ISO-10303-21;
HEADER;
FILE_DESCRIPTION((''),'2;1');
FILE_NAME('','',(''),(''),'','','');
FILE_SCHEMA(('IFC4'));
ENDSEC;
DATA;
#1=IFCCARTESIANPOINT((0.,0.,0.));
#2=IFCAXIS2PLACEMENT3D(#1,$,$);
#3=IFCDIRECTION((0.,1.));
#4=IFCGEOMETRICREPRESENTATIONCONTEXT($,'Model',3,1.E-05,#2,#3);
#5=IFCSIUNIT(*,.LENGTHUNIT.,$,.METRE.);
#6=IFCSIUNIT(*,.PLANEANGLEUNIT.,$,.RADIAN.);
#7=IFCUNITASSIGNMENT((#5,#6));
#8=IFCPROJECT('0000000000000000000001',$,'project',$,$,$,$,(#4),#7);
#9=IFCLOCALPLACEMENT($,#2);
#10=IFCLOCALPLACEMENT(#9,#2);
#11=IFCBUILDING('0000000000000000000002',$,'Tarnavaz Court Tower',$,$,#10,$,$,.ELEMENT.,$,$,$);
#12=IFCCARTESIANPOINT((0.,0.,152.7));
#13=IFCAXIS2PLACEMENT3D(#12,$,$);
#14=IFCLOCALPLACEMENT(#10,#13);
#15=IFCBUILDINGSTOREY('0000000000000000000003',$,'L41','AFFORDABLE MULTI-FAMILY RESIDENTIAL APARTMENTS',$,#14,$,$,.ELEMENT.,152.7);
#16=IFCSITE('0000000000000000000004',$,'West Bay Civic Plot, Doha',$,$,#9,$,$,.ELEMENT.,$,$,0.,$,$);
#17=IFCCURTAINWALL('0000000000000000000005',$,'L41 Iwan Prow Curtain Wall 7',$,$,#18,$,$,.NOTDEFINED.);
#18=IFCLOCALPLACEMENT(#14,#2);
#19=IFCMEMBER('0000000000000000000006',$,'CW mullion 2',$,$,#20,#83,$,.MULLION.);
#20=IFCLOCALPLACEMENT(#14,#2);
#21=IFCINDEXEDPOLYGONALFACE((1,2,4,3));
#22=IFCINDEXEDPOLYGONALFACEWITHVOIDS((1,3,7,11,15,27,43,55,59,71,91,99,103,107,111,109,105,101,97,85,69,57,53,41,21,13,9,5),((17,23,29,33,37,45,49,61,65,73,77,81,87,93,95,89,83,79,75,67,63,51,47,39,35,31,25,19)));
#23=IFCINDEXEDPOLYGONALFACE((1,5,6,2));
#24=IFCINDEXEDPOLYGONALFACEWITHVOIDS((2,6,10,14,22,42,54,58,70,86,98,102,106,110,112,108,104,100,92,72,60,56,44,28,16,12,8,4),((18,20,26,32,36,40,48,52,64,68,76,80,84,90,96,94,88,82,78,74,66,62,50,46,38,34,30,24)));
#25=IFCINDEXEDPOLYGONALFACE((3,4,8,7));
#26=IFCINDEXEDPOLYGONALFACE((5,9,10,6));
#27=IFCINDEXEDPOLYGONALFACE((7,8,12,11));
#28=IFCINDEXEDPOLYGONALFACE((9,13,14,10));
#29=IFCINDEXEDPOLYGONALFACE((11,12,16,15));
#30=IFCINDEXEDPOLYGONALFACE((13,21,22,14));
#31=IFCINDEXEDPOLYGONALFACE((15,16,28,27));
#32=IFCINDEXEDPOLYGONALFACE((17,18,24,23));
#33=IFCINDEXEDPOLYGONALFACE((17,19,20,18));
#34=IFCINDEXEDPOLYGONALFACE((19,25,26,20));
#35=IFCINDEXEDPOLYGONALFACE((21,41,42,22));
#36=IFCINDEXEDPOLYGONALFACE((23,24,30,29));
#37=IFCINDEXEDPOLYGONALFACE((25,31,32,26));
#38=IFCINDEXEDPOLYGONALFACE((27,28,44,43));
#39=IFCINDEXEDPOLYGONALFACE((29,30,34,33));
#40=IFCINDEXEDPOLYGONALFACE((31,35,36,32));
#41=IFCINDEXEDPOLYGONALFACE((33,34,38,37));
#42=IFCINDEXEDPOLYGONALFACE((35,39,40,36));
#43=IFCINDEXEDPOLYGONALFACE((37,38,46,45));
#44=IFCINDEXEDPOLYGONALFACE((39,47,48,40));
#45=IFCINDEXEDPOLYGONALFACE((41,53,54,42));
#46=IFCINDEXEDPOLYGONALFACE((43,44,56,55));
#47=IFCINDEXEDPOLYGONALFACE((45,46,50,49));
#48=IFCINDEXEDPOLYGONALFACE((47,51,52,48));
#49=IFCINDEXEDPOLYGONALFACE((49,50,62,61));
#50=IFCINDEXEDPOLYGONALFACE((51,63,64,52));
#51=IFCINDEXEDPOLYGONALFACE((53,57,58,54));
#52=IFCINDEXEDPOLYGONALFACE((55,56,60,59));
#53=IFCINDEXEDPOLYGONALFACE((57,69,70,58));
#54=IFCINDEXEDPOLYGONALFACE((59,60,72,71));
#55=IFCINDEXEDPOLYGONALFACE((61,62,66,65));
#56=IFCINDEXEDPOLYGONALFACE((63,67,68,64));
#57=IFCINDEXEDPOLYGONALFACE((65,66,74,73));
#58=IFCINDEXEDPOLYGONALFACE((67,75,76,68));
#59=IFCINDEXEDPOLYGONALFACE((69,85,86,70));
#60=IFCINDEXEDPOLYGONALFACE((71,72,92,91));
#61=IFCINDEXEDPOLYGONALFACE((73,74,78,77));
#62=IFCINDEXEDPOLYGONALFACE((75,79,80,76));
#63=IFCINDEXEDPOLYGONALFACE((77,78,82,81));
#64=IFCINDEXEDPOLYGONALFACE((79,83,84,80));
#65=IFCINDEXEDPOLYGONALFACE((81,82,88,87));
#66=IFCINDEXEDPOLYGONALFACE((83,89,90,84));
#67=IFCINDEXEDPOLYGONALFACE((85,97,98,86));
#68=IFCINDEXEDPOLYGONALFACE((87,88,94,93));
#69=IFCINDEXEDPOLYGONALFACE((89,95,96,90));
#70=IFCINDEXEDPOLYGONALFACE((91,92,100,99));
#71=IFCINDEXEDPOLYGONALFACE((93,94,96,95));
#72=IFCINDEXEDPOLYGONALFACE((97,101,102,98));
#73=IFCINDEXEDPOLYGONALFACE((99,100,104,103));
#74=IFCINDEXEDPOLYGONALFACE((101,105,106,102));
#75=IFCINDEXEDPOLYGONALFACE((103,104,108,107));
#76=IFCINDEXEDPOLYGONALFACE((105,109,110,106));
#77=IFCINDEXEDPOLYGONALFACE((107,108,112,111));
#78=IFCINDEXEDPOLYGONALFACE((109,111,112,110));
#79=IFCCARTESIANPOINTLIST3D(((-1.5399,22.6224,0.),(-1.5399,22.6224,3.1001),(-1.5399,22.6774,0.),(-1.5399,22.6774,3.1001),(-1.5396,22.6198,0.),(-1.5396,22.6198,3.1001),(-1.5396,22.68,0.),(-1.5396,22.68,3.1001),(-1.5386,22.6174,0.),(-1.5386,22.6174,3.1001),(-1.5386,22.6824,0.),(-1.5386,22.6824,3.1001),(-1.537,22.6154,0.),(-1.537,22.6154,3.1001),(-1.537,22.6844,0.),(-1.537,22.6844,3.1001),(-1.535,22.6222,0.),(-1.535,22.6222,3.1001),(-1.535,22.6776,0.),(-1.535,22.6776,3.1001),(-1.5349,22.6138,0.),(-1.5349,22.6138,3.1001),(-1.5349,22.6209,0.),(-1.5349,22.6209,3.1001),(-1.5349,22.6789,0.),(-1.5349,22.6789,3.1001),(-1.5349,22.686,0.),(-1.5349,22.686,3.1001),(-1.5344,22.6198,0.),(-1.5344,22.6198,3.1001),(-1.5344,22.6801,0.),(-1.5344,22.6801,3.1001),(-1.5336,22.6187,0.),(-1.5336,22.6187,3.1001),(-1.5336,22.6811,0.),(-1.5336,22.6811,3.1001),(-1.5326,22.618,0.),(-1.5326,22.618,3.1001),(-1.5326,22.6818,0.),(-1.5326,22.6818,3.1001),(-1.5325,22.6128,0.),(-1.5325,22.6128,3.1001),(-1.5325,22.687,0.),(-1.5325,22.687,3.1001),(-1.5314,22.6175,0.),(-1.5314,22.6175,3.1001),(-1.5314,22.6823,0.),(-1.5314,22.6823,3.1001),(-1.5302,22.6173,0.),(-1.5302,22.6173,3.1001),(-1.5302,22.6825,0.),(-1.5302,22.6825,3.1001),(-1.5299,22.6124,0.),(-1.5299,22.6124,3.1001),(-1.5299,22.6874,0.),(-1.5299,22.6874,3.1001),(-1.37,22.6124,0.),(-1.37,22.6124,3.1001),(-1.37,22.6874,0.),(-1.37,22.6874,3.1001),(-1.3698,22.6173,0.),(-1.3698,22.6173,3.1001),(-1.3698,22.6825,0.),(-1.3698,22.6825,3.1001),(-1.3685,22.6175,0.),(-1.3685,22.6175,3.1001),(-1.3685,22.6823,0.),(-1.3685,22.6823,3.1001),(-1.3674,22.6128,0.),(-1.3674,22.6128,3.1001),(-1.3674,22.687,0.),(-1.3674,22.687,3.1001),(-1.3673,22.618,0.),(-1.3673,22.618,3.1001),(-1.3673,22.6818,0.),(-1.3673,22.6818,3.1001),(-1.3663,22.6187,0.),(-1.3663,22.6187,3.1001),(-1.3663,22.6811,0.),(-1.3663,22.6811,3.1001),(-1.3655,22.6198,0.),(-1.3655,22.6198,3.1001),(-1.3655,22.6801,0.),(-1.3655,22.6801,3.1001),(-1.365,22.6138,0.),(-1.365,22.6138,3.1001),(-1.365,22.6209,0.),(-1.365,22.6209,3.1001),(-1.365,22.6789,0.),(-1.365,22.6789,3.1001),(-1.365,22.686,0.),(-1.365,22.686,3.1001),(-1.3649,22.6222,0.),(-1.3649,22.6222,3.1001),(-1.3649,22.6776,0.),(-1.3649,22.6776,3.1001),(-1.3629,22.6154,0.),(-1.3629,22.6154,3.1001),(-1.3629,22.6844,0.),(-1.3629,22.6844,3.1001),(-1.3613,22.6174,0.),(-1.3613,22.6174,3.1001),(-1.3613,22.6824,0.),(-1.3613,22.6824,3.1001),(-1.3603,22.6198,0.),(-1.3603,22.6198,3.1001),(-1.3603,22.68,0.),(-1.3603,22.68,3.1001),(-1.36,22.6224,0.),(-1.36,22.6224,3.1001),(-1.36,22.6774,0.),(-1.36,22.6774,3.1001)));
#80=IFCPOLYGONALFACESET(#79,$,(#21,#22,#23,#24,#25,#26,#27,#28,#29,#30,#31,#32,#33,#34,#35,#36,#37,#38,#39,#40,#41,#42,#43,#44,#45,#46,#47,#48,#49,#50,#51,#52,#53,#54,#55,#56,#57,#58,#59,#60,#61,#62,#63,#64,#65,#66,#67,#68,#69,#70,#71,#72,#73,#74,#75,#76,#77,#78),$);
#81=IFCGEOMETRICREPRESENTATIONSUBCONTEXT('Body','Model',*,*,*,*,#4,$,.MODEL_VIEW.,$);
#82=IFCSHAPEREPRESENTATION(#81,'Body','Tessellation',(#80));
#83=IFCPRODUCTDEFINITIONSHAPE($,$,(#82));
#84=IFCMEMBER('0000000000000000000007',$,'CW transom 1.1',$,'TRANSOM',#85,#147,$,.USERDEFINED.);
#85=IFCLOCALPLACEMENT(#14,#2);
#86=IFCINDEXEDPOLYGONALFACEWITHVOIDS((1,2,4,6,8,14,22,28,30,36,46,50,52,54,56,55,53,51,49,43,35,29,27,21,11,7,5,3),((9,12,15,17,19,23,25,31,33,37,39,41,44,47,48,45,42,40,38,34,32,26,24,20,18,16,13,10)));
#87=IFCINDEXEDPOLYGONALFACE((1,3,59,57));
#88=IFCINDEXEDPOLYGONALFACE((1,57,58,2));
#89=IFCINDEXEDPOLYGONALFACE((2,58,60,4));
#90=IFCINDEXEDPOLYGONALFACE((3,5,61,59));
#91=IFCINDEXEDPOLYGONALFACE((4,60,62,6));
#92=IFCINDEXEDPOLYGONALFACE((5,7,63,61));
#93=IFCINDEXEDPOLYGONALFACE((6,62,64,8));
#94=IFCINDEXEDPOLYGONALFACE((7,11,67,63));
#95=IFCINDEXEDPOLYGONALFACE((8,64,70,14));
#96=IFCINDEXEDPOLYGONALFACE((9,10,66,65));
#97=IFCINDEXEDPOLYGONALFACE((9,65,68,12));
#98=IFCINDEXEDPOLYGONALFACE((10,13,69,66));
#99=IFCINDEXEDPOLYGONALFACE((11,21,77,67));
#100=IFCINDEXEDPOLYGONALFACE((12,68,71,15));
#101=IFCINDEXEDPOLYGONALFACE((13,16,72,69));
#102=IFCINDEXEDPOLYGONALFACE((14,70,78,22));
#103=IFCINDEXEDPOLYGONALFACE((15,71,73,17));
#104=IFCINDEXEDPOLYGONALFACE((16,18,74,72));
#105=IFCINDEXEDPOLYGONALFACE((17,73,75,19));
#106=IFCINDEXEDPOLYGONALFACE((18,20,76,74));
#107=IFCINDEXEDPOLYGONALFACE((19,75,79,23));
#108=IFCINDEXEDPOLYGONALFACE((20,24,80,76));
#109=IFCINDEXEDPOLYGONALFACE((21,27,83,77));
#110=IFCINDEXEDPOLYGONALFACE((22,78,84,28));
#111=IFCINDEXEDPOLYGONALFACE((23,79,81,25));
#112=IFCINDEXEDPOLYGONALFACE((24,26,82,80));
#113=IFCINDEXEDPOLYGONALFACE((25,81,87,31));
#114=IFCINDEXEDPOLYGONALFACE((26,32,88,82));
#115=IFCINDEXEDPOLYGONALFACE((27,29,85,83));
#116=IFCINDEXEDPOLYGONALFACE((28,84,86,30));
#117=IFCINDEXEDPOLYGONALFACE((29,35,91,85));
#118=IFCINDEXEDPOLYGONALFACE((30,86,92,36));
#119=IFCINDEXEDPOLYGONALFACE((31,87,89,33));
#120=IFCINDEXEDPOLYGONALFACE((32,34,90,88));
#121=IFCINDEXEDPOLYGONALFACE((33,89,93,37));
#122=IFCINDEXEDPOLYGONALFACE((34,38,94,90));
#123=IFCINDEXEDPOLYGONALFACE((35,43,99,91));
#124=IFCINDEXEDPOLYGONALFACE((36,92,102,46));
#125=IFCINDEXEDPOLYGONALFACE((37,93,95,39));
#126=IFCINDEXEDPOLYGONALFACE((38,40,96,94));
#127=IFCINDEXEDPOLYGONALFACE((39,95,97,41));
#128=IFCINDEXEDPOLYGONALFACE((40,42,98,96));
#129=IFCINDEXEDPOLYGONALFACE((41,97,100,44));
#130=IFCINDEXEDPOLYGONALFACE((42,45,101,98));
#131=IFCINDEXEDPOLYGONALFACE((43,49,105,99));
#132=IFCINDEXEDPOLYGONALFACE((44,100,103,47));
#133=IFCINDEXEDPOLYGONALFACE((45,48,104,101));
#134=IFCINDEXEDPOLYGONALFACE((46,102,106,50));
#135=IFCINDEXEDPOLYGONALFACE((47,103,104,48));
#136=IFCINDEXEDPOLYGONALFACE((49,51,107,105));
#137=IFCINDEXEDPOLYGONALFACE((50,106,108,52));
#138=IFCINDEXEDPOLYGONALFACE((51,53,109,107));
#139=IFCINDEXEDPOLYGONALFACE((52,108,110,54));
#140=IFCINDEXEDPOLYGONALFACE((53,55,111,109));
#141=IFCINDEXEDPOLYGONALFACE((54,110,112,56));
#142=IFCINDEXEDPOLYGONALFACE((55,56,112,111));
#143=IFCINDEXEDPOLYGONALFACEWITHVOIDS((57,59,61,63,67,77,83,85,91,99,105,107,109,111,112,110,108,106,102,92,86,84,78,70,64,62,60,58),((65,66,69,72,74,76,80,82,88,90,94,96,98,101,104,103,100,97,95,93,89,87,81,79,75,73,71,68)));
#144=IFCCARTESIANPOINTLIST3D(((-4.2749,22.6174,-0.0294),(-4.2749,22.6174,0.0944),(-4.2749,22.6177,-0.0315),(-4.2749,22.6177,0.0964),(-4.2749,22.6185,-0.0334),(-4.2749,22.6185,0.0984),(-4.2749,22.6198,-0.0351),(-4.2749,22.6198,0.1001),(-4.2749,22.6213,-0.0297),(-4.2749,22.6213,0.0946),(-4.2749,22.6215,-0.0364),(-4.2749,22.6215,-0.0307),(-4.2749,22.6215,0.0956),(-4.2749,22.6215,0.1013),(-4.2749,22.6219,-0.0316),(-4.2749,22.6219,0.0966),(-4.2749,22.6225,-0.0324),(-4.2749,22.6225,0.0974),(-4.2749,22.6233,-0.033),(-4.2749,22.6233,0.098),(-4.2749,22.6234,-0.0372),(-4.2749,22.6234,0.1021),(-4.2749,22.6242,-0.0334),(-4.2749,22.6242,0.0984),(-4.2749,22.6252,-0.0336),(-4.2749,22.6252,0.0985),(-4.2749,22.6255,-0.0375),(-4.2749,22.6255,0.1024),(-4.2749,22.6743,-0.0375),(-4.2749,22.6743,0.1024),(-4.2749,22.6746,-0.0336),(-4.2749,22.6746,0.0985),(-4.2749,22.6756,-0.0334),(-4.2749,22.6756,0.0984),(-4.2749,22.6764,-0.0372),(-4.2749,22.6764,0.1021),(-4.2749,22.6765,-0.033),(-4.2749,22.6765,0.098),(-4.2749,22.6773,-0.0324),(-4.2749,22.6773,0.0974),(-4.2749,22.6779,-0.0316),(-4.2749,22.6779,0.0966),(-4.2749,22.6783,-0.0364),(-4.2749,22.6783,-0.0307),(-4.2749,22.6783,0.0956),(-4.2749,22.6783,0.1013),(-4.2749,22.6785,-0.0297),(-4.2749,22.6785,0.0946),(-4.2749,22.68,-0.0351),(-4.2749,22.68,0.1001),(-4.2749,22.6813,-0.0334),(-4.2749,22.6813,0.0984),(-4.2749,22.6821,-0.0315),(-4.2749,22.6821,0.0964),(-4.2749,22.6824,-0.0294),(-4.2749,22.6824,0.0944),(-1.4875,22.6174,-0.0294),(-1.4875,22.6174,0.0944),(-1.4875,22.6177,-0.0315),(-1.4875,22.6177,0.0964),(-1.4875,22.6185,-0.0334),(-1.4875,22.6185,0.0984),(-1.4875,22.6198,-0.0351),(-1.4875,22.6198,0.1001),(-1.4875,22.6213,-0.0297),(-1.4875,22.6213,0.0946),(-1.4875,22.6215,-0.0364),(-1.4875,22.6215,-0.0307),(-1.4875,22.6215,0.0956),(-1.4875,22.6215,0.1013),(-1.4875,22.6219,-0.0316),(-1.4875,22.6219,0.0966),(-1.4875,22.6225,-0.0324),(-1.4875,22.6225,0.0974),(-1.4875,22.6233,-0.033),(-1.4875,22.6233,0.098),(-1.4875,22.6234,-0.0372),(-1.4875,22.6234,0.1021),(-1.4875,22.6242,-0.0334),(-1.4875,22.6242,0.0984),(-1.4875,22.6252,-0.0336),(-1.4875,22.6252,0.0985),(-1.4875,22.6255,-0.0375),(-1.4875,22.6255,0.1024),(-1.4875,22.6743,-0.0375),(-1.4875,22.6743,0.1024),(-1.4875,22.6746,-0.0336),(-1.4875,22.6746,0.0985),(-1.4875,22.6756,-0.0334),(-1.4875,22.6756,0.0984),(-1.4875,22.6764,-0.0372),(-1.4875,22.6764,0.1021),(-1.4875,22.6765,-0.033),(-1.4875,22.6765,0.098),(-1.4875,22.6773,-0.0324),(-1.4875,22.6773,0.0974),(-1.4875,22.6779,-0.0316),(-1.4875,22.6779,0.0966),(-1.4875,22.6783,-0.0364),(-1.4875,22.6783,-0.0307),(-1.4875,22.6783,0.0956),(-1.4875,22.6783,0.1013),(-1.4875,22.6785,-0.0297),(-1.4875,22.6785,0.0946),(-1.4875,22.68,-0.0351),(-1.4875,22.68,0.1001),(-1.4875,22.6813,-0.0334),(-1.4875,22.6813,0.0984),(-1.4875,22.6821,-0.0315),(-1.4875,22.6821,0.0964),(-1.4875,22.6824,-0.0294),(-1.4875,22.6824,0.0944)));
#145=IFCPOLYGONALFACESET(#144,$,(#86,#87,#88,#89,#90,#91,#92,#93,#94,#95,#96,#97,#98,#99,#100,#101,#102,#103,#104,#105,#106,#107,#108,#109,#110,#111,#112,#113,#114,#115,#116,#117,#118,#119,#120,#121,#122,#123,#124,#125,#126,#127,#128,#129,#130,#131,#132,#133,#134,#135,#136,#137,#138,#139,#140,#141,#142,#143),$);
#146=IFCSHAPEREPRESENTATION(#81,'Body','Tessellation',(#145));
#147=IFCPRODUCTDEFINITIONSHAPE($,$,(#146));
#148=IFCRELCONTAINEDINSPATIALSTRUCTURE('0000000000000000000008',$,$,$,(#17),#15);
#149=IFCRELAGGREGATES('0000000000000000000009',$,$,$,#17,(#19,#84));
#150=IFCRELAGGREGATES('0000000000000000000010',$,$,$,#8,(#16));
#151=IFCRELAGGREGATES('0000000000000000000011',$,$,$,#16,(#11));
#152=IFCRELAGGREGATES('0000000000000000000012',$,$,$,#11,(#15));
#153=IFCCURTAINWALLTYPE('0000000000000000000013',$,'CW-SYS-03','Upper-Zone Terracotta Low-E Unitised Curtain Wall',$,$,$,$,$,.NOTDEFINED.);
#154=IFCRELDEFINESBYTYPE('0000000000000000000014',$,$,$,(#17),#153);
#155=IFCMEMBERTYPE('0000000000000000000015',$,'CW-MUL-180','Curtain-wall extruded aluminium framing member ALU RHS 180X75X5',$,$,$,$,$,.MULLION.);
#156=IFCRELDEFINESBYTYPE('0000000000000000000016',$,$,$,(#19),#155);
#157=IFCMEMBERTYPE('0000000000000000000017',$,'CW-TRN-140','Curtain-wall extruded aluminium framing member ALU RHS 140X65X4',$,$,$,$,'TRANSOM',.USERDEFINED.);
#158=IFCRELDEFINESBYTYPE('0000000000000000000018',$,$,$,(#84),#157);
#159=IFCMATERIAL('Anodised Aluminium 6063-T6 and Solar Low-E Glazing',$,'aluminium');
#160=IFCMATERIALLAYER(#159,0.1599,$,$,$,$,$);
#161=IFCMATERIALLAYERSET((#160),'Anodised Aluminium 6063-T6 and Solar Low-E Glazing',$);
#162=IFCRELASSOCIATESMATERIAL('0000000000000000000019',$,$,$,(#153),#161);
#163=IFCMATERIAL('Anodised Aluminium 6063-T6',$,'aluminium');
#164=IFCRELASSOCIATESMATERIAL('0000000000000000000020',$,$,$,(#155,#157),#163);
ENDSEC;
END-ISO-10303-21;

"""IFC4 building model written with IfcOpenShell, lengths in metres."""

from ifc_helpers import new_model, si_unit, direction, frame, origin, origin_2d, place, context, subcontext, project, spatial, hollow_rectangle, extrude, material, layer, layer_set, material_profile, profile_set, type_object, element, aggregate, save


model = new_model("IFC4")

# Units and contexts
model_context = context("Model", 3, precision=1e-05, world=origin(), true_north=direction((0.0, 1.0)))
body_context = subcontext(model_context, "Body", "Model", "MODEL_VIEW")
ifc_project = project(units=[si_unit("LENGTHUNIT", "METRE"), si_unit("PLANEANGLEUNIT", "RADIAN")], contexts=[model_context])

# Site, building, storey
site_placement = place(None, origin())
site = spatial("IfcSite", under=ifc_project, at=site_placement, Name="West Bay Civic Plot, Doha", CompositionType="ELEMENT", RefElevation=0.0)
building_placement = place(site_placement, origin())
building = spatial("IfcBuilding", under=site, at=building_placement, Name="Tarnavaz Court Tower", CompositionType="ELEMENT")
storey_placement = place(building_placement, frame((0.0, 0.0, 152.7)))
storey = spatial("IfcBuildingStorey", under=building, at=storey_placement, Name="L41", Description="AFFORDABLE MULTI-FAMILY RESIDENTIAL APARTMENTS", CompositionType="ELEMENT", Elevation=152.7)

# Curtain wall, members
ifc_material_1 = material(Name="Anodised Aluminium 6063-T6 and Solar Low-E Glazing", Category="aluminium")
ifc_layer_1 = layer(ifc_material_1, 0.1599)
ifc_layer_set_1 = layer_set([ifc_layer_1], Name="Anodised Aluminium 6063-T6 and Solar Low-E Glazing")
curtain_wall_type = type_object("IfcCurtainWallType", Name="CW-SYS-03", Description="Upper-Zone Terracotta Low-E Unitised Curtain Wall", PredefinedType="NOTDEFINED", material=ifc_layer_set_1)
curtain_wall_placement = place(storey_placement, origin())
curtain_wall = element("IfcCurtainWall", 1, at=curtain_wall_placement, inside=storey, type_object=curtain_wall_type, Name="L41 Iwan Prow Curtain Wall 7", PredefinedType="NOTDEFINED")
ifc_material_2 = material(Name="Anodised Aluminium 6063-T6", Category="aluminium")
ifc_material_profile_1 = material_profile(ifc_material_2, hollow_rectangle(XDim=0.075, YDim=0.1799, WallThickness=0.0049, InnerFilletRadius=0.0049, OuterFilletRadius=0.01, at=origin_2d()), Name="ALU RHS 180X75X5")
ifc_profile_set_1 = profile_set([ifc_material_profile_1], Name="Anodised Aluminium 6063-T6")
member_type_1 = type_object("IfcMemberType", Name="CW-MUL-180", Description="Curtain-wall extruded aluminium framing member ALU RHS 180X75X5", PredefinedType="MULLION", material=ifc_profile_set_1)
member_1_placement = place(storey_placement, frame((-1.45, 22.6499, 0.0), z_axis=(0.0, 0.0, 1.0), x_axis=(0.0, 1.0, 0.0)))
member_1 = element("IfcMember", 2, at=member_1_placement, type_object=member_type_1, Name="CW mullion 2", PredefinedType="MULLION", context=body_context, shape_type="SweptSolid", body=[
    extrude(hollow_rectangle(XDim=0.075, YDim=0.1799, WallThickness=0.0049, InnerFilletRadius=0.0049, OuterFilletRadius=0.01, at=origin_2d()), origin(), (0.0, 0.0, 1.0), 3.1001),
])
ifc_material_profile_2 = material_profile(ifc_material_2, hollow_rectangle(XDim=0.0649, YDim=0.1399, WallThickness=0.0039, InnerFilletRadius=0.0039, OuterFilletRadius=0.0081, at=origin_2d()), Name="ALU RHS 140X65X4")
ifc_profile_set_2 = profile_set([ifc_material_profile_2], Name="Anodised Aluminium 6063-T6")
member_type_2 = type_object("IfcMemberType", Name="CW-TRN-140", Description="Curtain-wall extruded aluminium framing member ALU RHS 140X65X4", ElementType="TRANSOM", PredefinedType="USERDEFINED", material=ifc_profile_set_2)
member_2_placement = place(storey_placement, frame((-4.2749, 22.6499, 0.0325), z_axis=(1.0, 0.0, 0.0), x_axis=(0.0, 1.0, 0.0)))
member_2 = element("IfcMember", 3, at=member_2_placement, type_object=member_type_2, Name="CW transom 1.1", ObjectType="TRANSOM", PredefinedType="USERDEFINED", context=body_context, shape_type="SweptSolid", body=[
    extrude(hollow_rectangle(XDim=0.0649, YDim=0.1399, WallThickness=0.0039, InnerFilletRadius=0.0039, OuterFilletRadius=0.0081, at=origin_2d()), origin(), (0.0, 0.0, 1.0), 2.7874),
])
aggregate(curtain_wall, [member_1, member_2])

save(model, "model.ifc")
